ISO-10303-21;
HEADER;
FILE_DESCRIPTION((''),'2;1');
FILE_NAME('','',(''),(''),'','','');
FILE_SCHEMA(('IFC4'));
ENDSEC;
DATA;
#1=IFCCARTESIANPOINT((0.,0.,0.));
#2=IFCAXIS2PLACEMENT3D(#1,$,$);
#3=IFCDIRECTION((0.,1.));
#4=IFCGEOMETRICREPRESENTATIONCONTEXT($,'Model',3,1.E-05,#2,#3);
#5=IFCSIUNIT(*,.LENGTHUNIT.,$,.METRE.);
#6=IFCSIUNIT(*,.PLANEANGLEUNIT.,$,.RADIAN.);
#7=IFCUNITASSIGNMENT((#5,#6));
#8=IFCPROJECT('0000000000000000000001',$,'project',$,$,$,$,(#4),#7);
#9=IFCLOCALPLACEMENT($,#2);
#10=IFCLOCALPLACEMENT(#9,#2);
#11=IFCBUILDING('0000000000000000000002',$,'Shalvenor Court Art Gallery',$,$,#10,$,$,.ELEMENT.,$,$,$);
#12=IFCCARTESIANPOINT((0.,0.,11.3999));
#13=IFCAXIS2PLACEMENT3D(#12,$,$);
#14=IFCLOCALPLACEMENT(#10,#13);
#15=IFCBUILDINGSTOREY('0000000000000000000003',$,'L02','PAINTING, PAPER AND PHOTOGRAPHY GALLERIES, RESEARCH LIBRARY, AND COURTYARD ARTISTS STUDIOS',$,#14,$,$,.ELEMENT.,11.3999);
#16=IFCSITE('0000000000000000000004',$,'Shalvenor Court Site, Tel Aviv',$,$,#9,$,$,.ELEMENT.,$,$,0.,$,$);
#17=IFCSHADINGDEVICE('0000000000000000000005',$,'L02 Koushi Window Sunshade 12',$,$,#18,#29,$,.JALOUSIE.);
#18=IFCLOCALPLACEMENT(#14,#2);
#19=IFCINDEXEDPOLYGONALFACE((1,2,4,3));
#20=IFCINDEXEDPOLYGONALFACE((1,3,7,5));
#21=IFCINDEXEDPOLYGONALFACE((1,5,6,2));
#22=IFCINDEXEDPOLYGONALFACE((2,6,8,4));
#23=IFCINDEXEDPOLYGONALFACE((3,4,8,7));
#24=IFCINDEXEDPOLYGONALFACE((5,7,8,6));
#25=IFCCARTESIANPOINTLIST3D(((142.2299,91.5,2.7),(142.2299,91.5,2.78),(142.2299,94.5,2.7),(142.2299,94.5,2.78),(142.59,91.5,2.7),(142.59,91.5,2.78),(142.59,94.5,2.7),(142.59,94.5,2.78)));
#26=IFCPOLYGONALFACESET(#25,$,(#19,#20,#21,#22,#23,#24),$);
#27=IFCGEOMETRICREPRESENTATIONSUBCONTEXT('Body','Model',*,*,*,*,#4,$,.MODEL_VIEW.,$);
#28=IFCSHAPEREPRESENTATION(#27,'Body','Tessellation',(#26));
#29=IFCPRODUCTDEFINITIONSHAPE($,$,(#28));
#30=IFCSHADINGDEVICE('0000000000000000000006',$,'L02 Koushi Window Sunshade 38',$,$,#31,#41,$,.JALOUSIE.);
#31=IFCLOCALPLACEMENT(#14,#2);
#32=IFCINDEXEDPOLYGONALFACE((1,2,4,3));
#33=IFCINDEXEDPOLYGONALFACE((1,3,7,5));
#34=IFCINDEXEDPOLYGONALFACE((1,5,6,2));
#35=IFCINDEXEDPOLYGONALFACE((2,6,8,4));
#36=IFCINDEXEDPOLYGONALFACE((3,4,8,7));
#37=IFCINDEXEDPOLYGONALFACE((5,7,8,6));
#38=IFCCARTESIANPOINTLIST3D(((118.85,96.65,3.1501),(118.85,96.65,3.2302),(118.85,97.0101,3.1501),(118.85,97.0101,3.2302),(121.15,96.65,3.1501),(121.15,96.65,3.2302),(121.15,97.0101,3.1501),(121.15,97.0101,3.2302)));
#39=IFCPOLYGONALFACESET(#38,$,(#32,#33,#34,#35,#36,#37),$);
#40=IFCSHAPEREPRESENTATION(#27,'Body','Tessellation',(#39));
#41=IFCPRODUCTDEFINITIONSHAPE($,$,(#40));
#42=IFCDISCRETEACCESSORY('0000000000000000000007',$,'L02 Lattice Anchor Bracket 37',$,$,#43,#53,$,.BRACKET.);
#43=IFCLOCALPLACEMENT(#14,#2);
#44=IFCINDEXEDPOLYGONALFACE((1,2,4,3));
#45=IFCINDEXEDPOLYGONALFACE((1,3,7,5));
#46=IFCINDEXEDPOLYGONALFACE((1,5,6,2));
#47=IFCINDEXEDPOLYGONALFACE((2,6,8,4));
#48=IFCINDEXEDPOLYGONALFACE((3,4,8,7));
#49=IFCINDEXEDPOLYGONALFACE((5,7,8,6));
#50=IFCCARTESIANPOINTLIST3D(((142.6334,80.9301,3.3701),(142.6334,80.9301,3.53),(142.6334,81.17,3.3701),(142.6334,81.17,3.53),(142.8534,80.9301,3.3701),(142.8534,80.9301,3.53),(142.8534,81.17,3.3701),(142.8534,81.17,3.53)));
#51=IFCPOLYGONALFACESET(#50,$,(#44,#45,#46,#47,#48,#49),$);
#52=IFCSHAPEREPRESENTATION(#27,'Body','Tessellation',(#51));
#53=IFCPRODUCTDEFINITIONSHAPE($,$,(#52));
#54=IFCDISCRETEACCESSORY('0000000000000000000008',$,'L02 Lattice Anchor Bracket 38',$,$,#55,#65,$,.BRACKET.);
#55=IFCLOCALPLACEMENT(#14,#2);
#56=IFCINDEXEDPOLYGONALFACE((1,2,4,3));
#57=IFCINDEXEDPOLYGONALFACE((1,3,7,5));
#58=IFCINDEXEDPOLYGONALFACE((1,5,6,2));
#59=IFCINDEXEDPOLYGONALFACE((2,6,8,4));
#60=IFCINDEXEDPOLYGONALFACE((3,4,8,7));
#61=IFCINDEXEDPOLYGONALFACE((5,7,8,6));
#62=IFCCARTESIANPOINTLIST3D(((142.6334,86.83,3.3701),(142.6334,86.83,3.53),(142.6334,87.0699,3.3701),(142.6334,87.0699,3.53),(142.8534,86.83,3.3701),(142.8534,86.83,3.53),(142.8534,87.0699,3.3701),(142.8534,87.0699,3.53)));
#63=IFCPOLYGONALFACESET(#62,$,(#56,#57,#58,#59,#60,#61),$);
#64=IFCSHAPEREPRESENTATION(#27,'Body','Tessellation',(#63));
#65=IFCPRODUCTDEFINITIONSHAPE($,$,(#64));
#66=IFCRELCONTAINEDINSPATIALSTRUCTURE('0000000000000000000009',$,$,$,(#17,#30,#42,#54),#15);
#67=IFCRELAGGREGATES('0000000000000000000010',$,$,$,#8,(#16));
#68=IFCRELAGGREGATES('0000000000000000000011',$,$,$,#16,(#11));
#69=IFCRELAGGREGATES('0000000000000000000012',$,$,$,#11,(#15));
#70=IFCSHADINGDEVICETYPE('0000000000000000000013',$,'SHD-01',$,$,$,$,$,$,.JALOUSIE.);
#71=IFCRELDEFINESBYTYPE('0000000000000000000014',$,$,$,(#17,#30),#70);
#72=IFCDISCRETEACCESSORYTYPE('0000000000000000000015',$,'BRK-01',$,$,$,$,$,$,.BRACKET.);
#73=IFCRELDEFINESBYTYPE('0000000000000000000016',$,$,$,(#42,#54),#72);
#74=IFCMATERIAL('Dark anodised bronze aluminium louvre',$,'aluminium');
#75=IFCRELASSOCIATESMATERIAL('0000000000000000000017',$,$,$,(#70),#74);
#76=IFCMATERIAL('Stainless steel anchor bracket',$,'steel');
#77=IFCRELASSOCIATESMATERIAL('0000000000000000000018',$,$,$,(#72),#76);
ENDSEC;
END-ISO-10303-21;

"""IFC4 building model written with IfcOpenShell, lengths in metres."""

from ifc_helpers import new_model, si_unit, direction, frame, origin, origin_2d, place, context, subcontext, project, spatial, rectangle, extrude, material, type_object, element, save


model = new_model("IFC4")

# Units and contexts
model_context = context("Model", 3, precision=1e-05, world=origin(), true_north=direction((0.0, 1.0)))
body_context = subcontext(model_context, "Body", "Model", "MODEL_VIEW")
ifc_project = project(units=[si_unit("LENGTHUNIT", "METRE"), si_unit("PLANEANGLEUNIT", "RADIAN")], contexts=[model_context])

# Site, building, storey
site_placement = place(None, origin())
site = spatial("IfcSite", under=ifc_project, at=site_placement, Name="Shalvenor Court Site, Tel Aviv", CompositionType="ELEMENT", RefElevation=0.0)
building_placement = place(site_placement, origin())
building = spatial("IfcBuilding", under=site, at=building_placement, Name="Shalvenor Court Art Gallery", CompositionType="ELEMENT")
storey_placement = place(building_placement, frame((0.0, 0.0, 11.3999)))
storey = spatial("IfcBuildingStorey", under=building, at=storey_placement, Name="L02", Description="PAINTING, PAPER AND PHOTOGRAPHY GALLERIES, RESEARCH LIBRARY, AND COURTYARD ARTISTS STUDIOS", CompositionType="ELEMENT", Elevation=11.3999)

# Shading devices
ifc_material_1 = material(Name="Dark anodised bronze aluminium louvre", Category="aluminium")
shading_device_type = type_object("IfcShadingDeviceType", Name="SHD-01", PredefinedType="JALOUSIE", material=ifc_material_1)
shading_device_1_placement = place(storey_placement, frame((142.4099, 93.0, 2.7), z_axis=(0.0, 0.0, 1.0), x_axis=(0.0, 1.0, 0.0)))
element("IfcShadingDevice", 1, at=shading_device_1_placement, inside=storey, type_object=shading_device_type, Name="L02 Koushi Window Sunshade 12", PredefinedType="JALOUSIE", context=body_context, shape_type="SweptSolid", body=[
    extrude(rectangle(XDim=3.0, YDim=0.3601, at=origin_2d()), origin(), (0.0, 0.0, 1.0), 0.0801),
])
shading_device_2_placement = place(storey_placement, frame((120.0, 96.8301, 3.1501), z_axis=(0.0, 0.0, 1.0), x_axis=(-1.0, 0.0, 0.0)))
element("IfcShadingDevice", 2, at=shading_device_2_placement, inside=storey, type_object=shading_device_type, Name="L02 Koushi Window Sunshade 38", PredefinedType="JALOUSIE", context=body_context, shape_type="SweptSolid", body=[
    extrude(rectangle(XDim=2.3, YDim=0.3601, at=origin_2d()), origin(), (0.0, 0.0, 1.0), 0.0801),
])

# Discrete accessories
ifc_material_2 = material(Name="Stainless steel anchor bracket", Category="steel")
discrete_accessory_type = type_object("IfcDiscreteAccessoryType", Name="BRK-01", PredefinedType="BRACKET", material=ifc_material_2)
for number, where, z_axis, x_axis, name in (
    (3, (142.7434, 81.05, 3.3701), (0.0, 0.0, 1.0), (0.0, 1.0, 0.0), "L02 Lattice Anchor Bracket 37"),
    (4, (142.7434, 86.95, 3.3701), (0.0, 0.0, 1.0), (0.0, 1.0, 0.0), "L02 Lattice Anchor Bracket 38"),
):
    element("IfcDiscreteAccessory", number, at=place(storey_placement, frame(where, z_axis=z_axis, x_axis=x_axis)), inside=storey, type_object=discrete_accessory_type, Name=name, PredefinedType="BRACKET", context=body_context, shape_type="SweptSolid", body=[
        extrude(rectangle(XDim=0.24, YDim=0.22, at=origin_2d()), origin(), (0.0, 0.0, 1.0), 0.1599),
    ])

save(model, "model.ifc")
